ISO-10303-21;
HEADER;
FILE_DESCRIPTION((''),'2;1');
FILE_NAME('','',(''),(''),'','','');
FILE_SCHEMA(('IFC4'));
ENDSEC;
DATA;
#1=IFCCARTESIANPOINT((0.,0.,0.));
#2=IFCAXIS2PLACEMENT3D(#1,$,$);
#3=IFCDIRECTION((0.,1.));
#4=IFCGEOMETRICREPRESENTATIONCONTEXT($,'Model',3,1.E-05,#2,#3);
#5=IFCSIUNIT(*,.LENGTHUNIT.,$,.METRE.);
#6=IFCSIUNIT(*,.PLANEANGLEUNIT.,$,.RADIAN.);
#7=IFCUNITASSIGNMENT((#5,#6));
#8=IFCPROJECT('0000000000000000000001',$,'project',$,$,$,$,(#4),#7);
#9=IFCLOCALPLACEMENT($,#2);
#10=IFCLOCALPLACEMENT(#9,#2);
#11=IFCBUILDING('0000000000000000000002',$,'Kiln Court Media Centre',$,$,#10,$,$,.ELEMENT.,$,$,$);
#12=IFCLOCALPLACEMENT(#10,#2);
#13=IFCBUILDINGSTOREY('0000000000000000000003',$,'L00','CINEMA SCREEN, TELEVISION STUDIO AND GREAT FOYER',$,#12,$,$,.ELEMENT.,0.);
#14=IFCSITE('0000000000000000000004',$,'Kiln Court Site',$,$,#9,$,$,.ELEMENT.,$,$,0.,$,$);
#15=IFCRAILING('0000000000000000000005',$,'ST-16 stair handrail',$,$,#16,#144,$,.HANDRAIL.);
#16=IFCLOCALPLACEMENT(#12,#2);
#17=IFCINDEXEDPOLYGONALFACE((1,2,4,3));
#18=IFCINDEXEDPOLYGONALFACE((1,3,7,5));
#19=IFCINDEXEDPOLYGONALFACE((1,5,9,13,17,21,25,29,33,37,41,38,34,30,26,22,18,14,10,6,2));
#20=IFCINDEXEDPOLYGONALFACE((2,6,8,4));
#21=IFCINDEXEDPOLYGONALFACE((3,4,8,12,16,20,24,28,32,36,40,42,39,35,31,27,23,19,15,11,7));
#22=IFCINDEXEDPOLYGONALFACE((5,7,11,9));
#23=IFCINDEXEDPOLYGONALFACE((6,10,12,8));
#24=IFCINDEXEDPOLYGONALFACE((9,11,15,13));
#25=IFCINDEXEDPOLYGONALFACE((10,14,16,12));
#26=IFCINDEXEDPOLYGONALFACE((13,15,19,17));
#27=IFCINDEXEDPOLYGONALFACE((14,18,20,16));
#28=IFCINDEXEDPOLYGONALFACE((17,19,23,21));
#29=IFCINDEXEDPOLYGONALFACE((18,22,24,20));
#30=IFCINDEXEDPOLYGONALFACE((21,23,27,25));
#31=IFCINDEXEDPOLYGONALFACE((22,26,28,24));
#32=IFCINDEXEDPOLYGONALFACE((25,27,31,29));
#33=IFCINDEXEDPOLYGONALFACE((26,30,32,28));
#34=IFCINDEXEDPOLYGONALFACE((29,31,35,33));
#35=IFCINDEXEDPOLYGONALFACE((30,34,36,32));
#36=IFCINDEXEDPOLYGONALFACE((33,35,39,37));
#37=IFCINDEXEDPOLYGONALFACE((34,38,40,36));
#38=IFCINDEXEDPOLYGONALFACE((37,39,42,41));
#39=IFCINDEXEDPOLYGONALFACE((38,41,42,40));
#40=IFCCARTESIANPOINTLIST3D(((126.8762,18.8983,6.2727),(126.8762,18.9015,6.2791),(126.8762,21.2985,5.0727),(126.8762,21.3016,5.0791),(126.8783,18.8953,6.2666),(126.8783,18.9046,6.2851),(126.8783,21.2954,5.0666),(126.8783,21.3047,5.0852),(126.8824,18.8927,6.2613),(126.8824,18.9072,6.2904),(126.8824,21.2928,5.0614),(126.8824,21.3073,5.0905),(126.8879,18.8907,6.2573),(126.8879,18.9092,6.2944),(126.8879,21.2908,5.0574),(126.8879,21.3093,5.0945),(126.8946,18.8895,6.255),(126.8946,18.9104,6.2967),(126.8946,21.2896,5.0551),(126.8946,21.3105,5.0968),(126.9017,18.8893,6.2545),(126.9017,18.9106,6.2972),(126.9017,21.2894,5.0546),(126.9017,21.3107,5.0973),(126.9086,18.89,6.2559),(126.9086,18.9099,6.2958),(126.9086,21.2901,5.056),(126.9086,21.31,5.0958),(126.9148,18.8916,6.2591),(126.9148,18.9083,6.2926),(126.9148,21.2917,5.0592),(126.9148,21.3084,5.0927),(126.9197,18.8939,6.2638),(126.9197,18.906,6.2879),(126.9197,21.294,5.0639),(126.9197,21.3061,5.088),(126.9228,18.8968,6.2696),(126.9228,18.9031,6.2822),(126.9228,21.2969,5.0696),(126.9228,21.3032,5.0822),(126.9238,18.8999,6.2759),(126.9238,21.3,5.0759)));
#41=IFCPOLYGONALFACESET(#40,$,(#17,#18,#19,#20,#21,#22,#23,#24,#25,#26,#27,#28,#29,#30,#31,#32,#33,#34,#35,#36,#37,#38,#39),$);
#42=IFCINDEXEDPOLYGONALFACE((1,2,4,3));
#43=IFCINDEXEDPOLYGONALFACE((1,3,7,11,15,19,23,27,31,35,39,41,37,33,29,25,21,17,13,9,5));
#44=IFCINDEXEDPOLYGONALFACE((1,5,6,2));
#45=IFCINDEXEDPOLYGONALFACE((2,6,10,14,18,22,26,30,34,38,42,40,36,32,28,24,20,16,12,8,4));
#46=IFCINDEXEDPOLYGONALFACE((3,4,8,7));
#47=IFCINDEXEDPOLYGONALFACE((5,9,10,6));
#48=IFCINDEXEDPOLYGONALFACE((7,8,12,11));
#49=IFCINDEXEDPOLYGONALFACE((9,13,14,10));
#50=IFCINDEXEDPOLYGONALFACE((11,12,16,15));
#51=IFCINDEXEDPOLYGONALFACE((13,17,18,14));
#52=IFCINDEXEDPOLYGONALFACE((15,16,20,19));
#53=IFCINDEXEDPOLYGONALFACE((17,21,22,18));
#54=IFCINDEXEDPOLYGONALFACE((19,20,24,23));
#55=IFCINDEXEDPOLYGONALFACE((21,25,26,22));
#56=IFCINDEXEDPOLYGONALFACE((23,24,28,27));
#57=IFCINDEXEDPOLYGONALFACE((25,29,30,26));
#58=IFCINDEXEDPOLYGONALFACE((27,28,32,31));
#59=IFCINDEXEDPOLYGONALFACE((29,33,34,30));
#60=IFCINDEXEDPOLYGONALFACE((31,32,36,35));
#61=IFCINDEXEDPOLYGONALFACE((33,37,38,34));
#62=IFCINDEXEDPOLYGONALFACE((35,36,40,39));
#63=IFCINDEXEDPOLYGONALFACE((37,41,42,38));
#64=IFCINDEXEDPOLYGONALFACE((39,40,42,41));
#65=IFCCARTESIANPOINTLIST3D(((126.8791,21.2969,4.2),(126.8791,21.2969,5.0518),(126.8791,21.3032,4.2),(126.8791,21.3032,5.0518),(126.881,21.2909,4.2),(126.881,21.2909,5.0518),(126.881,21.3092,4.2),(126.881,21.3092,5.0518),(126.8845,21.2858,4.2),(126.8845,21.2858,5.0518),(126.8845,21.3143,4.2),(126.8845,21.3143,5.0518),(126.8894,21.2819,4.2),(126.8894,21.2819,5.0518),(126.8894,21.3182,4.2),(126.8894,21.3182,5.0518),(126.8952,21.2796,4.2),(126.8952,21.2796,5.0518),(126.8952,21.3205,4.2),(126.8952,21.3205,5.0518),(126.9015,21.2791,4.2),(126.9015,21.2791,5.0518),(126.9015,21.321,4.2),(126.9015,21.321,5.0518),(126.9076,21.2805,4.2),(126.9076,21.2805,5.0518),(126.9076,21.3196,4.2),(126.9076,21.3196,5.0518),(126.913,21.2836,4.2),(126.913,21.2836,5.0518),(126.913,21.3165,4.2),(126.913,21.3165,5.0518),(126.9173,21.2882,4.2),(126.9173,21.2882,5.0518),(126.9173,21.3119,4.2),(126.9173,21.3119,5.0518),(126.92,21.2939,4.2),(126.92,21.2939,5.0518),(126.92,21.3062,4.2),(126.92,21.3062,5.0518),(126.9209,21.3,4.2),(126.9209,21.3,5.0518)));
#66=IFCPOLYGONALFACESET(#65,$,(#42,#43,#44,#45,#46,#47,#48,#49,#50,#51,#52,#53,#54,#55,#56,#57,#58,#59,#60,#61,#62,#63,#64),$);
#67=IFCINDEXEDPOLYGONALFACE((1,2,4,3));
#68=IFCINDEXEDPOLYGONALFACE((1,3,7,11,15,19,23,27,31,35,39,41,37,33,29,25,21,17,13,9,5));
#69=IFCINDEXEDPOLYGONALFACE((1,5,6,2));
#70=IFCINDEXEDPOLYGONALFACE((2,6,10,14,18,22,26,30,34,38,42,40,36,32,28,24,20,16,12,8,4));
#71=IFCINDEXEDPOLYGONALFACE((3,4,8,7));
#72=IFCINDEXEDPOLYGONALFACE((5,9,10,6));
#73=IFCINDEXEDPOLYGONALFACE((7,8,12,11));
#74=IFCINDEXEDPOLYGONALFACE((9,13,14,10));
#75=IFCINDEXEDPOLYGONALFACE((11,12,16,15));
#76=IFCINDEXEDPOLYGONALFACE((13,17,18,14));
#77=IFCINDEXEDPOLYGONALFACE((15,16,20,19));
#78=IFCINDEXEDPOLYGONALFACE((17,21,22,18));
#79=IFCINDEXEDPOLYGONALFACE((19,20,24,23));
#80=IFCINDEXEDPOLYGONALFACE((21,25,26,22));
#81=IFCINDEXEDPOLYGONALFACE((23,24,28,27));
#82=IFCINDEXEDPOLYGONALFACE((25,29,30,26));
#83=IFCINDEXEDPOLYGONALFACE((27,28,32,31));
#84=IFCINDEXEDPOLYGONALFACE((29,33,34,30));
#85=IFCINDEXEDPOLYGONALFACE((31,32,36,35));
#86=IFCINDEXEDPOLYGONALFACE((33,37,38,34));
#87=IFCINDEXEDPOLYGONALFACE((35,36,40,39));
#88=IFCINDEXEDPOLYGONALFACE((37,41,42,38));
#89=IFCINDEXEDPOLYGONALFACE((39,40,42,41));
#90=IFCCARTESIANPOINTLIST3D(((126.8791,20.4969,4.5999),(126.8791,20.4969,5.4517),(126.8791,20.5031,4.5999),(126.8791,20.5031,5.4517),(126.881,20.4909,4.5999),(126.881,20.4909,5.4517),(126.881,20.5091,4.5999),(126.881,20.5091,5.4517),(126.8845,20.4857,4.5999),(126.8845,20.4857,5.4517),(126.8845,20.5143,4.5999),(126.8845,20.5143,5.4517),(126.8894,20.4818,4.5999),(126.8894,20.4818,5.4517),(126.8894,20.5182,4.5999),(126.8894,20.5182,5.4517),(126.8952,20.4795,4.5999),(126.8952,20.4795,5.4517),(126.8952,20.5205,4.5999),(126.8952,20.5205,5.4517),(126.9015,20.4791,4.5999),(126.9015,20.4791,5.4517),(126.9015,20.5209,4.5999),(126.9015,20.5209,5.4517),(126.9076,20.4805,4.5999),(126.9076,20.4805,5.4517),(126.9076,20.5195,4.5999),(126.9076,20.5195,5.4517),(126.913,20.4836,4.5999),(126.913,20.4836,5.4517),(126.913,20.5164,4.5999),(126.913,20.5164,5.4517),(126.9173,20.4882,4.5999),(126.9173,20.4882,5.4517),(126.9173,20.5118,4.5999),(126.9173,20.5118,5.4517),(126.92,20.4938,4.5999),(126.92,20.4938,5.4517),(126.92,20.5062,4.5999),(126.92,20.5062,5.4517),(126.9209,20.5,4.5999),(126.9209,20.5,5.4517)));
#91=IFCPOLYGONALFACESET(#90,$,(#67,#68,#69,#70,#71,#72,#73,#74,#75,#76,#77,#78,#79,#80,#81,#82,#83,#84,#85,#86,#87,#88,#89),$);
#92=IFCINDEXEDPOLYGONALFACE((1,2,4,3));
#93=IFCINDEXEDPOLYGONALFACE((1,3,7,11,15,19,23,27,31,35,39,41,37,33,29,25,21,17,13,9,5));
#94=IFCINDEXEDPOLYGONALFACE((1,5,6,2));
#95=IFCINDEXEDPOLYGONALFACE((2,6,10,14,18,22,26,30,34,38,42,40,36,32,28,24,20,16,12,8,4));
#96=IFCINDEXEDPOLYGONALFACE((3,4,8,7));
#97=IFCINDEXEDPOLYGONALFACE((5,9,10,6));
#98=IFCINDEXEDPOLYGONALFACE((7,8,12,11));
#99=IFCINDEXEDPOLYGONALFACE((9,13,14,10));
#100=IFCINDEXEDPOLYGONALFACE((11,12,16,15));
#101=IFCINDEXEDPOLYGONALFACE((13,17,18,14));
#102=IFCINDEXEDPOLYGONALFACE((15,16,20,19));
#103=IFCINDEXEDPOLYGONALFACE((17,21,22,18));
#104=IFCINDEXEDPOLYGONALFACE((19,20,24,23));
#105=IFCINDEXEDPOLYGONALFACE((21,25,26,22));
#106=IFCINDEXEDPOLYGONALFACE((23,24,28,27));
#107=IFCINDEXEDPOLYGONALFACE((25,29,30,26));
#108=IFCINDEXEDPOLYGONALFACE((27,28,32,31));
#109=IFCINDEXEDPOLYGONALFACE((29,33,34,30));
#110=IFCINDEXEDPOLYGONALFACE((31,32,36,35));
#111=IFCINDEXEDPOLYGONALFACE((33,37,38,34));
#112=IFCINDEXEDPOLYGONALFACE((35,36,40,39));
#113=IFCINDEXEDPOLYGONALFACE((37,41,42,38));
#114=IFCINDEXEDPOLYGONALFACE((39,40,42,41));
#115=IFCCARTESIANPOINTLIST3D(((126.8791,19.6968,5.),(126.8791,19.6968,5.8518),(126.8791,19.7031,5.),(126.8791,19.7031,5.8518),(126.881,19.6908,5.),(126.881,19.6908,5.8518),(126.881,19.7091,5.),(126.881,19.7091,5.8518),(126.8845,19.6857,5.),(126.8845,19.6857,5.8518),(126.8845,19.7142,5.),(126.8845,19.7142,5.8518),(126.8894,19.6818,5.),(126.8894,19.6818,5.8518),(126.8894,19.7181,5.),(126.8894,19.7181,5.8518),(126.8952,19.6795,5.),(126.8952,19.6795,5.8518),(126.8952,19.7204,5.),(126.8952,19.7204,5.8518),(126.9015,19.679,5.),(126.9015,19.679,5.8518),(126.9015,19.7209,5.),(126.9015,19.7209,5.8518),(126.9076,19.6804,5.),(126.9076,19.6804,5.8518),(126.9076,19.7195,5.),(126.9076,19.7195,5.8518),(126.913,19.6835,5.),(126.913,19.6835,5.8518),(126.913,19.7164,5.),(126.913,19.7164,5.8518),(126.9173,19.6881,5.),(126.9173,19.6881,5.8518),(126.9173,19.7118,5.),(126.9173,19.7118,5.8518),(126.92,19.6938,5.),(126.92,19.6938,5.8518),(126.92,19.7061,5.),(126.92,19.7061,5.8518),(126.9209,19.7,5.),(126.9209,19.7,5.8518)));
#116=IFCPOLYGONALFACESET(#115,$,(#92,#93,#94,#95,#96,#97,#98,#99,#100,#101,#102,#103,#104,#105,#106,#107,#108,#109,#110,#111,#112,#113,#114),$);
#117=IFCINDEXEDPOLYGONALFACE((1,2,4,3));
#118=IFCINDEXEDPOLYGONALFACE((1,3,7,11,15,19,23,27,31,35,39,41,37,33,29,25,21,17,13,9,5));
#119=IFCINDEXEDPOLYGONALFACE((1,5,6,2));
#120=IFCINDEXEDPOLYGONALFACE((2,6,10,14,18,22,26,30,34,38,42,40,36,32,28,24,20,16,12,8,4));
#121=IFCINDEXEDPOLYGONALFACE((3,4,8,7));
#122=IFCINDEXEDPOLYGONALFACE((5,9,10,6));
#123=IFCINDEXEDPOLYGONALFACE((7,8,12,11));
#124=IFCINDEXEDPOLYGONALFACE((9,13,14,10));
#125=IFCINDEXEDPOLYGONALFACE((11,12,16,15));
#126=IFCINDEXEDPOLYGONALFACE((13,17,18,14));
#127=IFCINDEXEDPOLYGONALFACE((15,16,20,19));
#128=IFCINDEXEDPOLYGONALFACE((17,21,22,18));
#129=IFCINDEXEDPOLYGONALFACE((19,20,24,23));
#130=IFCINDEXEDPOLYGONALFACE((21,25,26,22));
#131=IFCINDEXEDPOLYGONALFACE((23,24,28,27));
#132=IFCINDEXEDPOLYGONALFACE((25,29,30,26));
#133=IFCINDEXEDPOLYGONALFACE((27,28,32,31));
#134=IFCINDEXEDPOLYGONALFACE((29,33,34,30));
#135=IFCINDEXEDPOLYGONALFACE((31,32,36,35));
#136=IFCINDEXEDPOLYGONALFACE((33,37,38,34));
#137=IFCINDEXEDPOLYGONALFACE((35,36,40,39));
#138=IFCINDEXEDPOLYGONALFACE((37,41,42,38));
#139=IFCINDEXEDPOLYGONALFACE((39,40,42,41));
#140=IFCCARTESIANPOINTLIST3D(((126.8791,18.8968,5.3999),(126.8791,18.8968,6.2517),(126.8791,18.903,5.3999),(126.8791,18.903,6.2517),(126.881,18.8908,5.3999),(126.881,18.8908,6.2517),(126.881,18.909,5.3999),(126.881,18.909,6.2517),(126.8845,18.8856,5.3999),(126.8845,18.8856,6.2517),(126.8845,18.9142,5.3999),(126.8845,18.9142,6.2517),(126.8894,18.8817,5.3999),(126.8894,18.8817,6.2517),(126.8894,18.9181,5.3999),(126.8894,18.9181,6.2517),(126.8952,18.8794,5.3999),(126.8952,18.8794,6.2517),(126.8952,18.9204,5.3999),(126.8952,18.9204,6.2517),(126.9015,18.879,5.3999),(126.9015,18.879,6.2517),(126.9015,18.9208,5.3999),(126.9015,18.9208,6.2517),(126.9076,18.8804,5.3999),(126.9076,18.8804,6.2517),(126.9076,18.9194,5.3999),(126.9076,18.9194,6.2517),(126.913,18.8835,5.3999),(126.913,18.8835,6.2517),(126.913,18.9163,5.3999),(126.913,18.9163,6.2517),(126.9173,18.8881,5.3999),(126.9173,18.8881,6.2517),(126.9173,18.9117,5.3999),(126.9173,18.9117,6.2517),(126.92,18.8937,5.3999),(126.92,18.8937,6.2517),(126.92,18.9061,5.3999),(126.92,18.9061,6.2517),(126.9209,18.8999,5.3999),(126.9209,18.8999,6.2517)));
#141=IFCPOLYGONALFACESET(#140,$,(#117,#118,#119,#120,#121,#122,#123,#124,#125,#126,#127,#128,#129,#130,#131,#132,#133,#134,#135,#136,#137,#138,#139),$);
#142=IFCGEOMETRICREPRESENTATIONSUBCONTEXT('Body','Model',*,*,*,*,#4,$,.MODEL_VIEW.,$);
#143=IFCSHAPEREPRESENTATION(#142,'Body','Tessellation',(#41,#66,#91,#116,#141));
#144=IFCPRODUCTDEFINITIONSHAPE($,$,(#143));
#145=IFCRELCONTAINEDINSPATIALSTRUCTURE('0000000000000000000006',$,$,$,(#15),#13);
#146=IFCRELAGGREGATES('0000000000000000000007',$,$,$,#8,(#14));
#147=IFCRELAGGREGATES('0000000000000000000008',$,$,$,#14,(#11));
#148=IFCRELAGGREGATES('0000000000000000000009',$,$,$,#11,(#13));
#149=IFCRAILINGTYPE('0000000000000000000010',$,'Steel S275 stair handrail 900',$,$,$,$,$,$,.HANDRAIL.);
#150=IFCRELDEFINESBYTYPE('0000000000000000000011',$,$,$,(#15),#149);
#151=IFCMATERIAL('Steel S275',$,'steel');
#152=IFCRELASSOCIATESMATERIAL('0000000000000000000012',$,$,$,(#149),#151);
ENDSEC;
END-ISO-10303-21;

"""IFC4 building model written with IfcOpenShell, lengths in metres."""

from ifc_helpers import new_model, si_unit, direction, frame, origin, origin_2d, place, context, subcontext, project, spatial, circle, extrude, material, type_object, element, save


model = new_model("IFC4")

# Units and contexts
model_context = context("Model", 3, precision=1e-05, world=origin(), true_north=direction((0.0, 1.0)))
body_context = subcontext(model_context, "Body", "Model", "MODEL_VIEW")
ifc_project = project(units=[si_unit("LENGTHUNIT", "METRE"), si_unit("PLANEANGLEUNIT", "RADIAN")], contexts=[model_context])

# Site, building, storey
site_placement = place(None, origin())
site = spatial("IfcSite", under=ifc_project, at=site_placement, Name="Kiln Court Site", CompositionType="ELEMENT", RefElevation=0.0)
building_placement = place(site_placement, origin())
building = spatial("IfcBuilding", under=site, at=building_placement, Name="Kiln Court Media Centre", CompositionType="ELEMENT")
storey_placement = place(building_placement, origin())
storey = spatial("IfcBuildingStorey", under=building, at=storey_placement, Name="L00", Description="CINEMA SCREEN, TELEVISION STUDIO AND GREAT FOYER", CompositionType="ELEMENT", Elevation=0.0)

# Railing
ifc_material_1 = material(Name="Steel S275", Category="steel")
railing_type_1 = type_object("IfcRailingType", Name="Steel S275 stair handrail 900", PredefinedType="HANDRAIL", material=ifc_material_1)
railing_1_placement = place(storey_placement, frame((126.8999, 21.3, 4.2)))
element("IfcRailing", 1, at=railing_1_placement, inside=storey, type_object=railing_type_1, Name="ST-16 stair handrail", PredefinedType="HANDRAIL", context=body_context, shape_type="SweptSolid", body=[
    extrude(circle(Radius=0.0239, at=origin_2d()), frame((0.0, 0.0, 0.876), z_axis=(0.0, -0.894445, 0.447177), x_axis=(1.0, 0.0, 0.0)), (0.0, 0.0, 1.0), 2.6833),
    extrude(circle(Radius=0.021, at=origin_2d()), origin(), (0.0, 0.0, 1.0), 0.8518),
    extrude(circle(Radius=0.021, at=origin_2d()), frame((0.0, -0.8, 0.3999)), (0.0, 0.0, 1.0), 0.8518),
    extrude(circle(Radius=0.021, at=origin_2d()), frame((0.0, -1.6001, 0.8)), (0.0, 0.0, 1.0), 0.8518),
    extrude(circle(Radius=0.021, at=origin_2d()), frame((0.0, -2.4001, 1.2)), (0.0, 0.0, 1.0), 0.8518),
])

save(model, "model.ifc")
